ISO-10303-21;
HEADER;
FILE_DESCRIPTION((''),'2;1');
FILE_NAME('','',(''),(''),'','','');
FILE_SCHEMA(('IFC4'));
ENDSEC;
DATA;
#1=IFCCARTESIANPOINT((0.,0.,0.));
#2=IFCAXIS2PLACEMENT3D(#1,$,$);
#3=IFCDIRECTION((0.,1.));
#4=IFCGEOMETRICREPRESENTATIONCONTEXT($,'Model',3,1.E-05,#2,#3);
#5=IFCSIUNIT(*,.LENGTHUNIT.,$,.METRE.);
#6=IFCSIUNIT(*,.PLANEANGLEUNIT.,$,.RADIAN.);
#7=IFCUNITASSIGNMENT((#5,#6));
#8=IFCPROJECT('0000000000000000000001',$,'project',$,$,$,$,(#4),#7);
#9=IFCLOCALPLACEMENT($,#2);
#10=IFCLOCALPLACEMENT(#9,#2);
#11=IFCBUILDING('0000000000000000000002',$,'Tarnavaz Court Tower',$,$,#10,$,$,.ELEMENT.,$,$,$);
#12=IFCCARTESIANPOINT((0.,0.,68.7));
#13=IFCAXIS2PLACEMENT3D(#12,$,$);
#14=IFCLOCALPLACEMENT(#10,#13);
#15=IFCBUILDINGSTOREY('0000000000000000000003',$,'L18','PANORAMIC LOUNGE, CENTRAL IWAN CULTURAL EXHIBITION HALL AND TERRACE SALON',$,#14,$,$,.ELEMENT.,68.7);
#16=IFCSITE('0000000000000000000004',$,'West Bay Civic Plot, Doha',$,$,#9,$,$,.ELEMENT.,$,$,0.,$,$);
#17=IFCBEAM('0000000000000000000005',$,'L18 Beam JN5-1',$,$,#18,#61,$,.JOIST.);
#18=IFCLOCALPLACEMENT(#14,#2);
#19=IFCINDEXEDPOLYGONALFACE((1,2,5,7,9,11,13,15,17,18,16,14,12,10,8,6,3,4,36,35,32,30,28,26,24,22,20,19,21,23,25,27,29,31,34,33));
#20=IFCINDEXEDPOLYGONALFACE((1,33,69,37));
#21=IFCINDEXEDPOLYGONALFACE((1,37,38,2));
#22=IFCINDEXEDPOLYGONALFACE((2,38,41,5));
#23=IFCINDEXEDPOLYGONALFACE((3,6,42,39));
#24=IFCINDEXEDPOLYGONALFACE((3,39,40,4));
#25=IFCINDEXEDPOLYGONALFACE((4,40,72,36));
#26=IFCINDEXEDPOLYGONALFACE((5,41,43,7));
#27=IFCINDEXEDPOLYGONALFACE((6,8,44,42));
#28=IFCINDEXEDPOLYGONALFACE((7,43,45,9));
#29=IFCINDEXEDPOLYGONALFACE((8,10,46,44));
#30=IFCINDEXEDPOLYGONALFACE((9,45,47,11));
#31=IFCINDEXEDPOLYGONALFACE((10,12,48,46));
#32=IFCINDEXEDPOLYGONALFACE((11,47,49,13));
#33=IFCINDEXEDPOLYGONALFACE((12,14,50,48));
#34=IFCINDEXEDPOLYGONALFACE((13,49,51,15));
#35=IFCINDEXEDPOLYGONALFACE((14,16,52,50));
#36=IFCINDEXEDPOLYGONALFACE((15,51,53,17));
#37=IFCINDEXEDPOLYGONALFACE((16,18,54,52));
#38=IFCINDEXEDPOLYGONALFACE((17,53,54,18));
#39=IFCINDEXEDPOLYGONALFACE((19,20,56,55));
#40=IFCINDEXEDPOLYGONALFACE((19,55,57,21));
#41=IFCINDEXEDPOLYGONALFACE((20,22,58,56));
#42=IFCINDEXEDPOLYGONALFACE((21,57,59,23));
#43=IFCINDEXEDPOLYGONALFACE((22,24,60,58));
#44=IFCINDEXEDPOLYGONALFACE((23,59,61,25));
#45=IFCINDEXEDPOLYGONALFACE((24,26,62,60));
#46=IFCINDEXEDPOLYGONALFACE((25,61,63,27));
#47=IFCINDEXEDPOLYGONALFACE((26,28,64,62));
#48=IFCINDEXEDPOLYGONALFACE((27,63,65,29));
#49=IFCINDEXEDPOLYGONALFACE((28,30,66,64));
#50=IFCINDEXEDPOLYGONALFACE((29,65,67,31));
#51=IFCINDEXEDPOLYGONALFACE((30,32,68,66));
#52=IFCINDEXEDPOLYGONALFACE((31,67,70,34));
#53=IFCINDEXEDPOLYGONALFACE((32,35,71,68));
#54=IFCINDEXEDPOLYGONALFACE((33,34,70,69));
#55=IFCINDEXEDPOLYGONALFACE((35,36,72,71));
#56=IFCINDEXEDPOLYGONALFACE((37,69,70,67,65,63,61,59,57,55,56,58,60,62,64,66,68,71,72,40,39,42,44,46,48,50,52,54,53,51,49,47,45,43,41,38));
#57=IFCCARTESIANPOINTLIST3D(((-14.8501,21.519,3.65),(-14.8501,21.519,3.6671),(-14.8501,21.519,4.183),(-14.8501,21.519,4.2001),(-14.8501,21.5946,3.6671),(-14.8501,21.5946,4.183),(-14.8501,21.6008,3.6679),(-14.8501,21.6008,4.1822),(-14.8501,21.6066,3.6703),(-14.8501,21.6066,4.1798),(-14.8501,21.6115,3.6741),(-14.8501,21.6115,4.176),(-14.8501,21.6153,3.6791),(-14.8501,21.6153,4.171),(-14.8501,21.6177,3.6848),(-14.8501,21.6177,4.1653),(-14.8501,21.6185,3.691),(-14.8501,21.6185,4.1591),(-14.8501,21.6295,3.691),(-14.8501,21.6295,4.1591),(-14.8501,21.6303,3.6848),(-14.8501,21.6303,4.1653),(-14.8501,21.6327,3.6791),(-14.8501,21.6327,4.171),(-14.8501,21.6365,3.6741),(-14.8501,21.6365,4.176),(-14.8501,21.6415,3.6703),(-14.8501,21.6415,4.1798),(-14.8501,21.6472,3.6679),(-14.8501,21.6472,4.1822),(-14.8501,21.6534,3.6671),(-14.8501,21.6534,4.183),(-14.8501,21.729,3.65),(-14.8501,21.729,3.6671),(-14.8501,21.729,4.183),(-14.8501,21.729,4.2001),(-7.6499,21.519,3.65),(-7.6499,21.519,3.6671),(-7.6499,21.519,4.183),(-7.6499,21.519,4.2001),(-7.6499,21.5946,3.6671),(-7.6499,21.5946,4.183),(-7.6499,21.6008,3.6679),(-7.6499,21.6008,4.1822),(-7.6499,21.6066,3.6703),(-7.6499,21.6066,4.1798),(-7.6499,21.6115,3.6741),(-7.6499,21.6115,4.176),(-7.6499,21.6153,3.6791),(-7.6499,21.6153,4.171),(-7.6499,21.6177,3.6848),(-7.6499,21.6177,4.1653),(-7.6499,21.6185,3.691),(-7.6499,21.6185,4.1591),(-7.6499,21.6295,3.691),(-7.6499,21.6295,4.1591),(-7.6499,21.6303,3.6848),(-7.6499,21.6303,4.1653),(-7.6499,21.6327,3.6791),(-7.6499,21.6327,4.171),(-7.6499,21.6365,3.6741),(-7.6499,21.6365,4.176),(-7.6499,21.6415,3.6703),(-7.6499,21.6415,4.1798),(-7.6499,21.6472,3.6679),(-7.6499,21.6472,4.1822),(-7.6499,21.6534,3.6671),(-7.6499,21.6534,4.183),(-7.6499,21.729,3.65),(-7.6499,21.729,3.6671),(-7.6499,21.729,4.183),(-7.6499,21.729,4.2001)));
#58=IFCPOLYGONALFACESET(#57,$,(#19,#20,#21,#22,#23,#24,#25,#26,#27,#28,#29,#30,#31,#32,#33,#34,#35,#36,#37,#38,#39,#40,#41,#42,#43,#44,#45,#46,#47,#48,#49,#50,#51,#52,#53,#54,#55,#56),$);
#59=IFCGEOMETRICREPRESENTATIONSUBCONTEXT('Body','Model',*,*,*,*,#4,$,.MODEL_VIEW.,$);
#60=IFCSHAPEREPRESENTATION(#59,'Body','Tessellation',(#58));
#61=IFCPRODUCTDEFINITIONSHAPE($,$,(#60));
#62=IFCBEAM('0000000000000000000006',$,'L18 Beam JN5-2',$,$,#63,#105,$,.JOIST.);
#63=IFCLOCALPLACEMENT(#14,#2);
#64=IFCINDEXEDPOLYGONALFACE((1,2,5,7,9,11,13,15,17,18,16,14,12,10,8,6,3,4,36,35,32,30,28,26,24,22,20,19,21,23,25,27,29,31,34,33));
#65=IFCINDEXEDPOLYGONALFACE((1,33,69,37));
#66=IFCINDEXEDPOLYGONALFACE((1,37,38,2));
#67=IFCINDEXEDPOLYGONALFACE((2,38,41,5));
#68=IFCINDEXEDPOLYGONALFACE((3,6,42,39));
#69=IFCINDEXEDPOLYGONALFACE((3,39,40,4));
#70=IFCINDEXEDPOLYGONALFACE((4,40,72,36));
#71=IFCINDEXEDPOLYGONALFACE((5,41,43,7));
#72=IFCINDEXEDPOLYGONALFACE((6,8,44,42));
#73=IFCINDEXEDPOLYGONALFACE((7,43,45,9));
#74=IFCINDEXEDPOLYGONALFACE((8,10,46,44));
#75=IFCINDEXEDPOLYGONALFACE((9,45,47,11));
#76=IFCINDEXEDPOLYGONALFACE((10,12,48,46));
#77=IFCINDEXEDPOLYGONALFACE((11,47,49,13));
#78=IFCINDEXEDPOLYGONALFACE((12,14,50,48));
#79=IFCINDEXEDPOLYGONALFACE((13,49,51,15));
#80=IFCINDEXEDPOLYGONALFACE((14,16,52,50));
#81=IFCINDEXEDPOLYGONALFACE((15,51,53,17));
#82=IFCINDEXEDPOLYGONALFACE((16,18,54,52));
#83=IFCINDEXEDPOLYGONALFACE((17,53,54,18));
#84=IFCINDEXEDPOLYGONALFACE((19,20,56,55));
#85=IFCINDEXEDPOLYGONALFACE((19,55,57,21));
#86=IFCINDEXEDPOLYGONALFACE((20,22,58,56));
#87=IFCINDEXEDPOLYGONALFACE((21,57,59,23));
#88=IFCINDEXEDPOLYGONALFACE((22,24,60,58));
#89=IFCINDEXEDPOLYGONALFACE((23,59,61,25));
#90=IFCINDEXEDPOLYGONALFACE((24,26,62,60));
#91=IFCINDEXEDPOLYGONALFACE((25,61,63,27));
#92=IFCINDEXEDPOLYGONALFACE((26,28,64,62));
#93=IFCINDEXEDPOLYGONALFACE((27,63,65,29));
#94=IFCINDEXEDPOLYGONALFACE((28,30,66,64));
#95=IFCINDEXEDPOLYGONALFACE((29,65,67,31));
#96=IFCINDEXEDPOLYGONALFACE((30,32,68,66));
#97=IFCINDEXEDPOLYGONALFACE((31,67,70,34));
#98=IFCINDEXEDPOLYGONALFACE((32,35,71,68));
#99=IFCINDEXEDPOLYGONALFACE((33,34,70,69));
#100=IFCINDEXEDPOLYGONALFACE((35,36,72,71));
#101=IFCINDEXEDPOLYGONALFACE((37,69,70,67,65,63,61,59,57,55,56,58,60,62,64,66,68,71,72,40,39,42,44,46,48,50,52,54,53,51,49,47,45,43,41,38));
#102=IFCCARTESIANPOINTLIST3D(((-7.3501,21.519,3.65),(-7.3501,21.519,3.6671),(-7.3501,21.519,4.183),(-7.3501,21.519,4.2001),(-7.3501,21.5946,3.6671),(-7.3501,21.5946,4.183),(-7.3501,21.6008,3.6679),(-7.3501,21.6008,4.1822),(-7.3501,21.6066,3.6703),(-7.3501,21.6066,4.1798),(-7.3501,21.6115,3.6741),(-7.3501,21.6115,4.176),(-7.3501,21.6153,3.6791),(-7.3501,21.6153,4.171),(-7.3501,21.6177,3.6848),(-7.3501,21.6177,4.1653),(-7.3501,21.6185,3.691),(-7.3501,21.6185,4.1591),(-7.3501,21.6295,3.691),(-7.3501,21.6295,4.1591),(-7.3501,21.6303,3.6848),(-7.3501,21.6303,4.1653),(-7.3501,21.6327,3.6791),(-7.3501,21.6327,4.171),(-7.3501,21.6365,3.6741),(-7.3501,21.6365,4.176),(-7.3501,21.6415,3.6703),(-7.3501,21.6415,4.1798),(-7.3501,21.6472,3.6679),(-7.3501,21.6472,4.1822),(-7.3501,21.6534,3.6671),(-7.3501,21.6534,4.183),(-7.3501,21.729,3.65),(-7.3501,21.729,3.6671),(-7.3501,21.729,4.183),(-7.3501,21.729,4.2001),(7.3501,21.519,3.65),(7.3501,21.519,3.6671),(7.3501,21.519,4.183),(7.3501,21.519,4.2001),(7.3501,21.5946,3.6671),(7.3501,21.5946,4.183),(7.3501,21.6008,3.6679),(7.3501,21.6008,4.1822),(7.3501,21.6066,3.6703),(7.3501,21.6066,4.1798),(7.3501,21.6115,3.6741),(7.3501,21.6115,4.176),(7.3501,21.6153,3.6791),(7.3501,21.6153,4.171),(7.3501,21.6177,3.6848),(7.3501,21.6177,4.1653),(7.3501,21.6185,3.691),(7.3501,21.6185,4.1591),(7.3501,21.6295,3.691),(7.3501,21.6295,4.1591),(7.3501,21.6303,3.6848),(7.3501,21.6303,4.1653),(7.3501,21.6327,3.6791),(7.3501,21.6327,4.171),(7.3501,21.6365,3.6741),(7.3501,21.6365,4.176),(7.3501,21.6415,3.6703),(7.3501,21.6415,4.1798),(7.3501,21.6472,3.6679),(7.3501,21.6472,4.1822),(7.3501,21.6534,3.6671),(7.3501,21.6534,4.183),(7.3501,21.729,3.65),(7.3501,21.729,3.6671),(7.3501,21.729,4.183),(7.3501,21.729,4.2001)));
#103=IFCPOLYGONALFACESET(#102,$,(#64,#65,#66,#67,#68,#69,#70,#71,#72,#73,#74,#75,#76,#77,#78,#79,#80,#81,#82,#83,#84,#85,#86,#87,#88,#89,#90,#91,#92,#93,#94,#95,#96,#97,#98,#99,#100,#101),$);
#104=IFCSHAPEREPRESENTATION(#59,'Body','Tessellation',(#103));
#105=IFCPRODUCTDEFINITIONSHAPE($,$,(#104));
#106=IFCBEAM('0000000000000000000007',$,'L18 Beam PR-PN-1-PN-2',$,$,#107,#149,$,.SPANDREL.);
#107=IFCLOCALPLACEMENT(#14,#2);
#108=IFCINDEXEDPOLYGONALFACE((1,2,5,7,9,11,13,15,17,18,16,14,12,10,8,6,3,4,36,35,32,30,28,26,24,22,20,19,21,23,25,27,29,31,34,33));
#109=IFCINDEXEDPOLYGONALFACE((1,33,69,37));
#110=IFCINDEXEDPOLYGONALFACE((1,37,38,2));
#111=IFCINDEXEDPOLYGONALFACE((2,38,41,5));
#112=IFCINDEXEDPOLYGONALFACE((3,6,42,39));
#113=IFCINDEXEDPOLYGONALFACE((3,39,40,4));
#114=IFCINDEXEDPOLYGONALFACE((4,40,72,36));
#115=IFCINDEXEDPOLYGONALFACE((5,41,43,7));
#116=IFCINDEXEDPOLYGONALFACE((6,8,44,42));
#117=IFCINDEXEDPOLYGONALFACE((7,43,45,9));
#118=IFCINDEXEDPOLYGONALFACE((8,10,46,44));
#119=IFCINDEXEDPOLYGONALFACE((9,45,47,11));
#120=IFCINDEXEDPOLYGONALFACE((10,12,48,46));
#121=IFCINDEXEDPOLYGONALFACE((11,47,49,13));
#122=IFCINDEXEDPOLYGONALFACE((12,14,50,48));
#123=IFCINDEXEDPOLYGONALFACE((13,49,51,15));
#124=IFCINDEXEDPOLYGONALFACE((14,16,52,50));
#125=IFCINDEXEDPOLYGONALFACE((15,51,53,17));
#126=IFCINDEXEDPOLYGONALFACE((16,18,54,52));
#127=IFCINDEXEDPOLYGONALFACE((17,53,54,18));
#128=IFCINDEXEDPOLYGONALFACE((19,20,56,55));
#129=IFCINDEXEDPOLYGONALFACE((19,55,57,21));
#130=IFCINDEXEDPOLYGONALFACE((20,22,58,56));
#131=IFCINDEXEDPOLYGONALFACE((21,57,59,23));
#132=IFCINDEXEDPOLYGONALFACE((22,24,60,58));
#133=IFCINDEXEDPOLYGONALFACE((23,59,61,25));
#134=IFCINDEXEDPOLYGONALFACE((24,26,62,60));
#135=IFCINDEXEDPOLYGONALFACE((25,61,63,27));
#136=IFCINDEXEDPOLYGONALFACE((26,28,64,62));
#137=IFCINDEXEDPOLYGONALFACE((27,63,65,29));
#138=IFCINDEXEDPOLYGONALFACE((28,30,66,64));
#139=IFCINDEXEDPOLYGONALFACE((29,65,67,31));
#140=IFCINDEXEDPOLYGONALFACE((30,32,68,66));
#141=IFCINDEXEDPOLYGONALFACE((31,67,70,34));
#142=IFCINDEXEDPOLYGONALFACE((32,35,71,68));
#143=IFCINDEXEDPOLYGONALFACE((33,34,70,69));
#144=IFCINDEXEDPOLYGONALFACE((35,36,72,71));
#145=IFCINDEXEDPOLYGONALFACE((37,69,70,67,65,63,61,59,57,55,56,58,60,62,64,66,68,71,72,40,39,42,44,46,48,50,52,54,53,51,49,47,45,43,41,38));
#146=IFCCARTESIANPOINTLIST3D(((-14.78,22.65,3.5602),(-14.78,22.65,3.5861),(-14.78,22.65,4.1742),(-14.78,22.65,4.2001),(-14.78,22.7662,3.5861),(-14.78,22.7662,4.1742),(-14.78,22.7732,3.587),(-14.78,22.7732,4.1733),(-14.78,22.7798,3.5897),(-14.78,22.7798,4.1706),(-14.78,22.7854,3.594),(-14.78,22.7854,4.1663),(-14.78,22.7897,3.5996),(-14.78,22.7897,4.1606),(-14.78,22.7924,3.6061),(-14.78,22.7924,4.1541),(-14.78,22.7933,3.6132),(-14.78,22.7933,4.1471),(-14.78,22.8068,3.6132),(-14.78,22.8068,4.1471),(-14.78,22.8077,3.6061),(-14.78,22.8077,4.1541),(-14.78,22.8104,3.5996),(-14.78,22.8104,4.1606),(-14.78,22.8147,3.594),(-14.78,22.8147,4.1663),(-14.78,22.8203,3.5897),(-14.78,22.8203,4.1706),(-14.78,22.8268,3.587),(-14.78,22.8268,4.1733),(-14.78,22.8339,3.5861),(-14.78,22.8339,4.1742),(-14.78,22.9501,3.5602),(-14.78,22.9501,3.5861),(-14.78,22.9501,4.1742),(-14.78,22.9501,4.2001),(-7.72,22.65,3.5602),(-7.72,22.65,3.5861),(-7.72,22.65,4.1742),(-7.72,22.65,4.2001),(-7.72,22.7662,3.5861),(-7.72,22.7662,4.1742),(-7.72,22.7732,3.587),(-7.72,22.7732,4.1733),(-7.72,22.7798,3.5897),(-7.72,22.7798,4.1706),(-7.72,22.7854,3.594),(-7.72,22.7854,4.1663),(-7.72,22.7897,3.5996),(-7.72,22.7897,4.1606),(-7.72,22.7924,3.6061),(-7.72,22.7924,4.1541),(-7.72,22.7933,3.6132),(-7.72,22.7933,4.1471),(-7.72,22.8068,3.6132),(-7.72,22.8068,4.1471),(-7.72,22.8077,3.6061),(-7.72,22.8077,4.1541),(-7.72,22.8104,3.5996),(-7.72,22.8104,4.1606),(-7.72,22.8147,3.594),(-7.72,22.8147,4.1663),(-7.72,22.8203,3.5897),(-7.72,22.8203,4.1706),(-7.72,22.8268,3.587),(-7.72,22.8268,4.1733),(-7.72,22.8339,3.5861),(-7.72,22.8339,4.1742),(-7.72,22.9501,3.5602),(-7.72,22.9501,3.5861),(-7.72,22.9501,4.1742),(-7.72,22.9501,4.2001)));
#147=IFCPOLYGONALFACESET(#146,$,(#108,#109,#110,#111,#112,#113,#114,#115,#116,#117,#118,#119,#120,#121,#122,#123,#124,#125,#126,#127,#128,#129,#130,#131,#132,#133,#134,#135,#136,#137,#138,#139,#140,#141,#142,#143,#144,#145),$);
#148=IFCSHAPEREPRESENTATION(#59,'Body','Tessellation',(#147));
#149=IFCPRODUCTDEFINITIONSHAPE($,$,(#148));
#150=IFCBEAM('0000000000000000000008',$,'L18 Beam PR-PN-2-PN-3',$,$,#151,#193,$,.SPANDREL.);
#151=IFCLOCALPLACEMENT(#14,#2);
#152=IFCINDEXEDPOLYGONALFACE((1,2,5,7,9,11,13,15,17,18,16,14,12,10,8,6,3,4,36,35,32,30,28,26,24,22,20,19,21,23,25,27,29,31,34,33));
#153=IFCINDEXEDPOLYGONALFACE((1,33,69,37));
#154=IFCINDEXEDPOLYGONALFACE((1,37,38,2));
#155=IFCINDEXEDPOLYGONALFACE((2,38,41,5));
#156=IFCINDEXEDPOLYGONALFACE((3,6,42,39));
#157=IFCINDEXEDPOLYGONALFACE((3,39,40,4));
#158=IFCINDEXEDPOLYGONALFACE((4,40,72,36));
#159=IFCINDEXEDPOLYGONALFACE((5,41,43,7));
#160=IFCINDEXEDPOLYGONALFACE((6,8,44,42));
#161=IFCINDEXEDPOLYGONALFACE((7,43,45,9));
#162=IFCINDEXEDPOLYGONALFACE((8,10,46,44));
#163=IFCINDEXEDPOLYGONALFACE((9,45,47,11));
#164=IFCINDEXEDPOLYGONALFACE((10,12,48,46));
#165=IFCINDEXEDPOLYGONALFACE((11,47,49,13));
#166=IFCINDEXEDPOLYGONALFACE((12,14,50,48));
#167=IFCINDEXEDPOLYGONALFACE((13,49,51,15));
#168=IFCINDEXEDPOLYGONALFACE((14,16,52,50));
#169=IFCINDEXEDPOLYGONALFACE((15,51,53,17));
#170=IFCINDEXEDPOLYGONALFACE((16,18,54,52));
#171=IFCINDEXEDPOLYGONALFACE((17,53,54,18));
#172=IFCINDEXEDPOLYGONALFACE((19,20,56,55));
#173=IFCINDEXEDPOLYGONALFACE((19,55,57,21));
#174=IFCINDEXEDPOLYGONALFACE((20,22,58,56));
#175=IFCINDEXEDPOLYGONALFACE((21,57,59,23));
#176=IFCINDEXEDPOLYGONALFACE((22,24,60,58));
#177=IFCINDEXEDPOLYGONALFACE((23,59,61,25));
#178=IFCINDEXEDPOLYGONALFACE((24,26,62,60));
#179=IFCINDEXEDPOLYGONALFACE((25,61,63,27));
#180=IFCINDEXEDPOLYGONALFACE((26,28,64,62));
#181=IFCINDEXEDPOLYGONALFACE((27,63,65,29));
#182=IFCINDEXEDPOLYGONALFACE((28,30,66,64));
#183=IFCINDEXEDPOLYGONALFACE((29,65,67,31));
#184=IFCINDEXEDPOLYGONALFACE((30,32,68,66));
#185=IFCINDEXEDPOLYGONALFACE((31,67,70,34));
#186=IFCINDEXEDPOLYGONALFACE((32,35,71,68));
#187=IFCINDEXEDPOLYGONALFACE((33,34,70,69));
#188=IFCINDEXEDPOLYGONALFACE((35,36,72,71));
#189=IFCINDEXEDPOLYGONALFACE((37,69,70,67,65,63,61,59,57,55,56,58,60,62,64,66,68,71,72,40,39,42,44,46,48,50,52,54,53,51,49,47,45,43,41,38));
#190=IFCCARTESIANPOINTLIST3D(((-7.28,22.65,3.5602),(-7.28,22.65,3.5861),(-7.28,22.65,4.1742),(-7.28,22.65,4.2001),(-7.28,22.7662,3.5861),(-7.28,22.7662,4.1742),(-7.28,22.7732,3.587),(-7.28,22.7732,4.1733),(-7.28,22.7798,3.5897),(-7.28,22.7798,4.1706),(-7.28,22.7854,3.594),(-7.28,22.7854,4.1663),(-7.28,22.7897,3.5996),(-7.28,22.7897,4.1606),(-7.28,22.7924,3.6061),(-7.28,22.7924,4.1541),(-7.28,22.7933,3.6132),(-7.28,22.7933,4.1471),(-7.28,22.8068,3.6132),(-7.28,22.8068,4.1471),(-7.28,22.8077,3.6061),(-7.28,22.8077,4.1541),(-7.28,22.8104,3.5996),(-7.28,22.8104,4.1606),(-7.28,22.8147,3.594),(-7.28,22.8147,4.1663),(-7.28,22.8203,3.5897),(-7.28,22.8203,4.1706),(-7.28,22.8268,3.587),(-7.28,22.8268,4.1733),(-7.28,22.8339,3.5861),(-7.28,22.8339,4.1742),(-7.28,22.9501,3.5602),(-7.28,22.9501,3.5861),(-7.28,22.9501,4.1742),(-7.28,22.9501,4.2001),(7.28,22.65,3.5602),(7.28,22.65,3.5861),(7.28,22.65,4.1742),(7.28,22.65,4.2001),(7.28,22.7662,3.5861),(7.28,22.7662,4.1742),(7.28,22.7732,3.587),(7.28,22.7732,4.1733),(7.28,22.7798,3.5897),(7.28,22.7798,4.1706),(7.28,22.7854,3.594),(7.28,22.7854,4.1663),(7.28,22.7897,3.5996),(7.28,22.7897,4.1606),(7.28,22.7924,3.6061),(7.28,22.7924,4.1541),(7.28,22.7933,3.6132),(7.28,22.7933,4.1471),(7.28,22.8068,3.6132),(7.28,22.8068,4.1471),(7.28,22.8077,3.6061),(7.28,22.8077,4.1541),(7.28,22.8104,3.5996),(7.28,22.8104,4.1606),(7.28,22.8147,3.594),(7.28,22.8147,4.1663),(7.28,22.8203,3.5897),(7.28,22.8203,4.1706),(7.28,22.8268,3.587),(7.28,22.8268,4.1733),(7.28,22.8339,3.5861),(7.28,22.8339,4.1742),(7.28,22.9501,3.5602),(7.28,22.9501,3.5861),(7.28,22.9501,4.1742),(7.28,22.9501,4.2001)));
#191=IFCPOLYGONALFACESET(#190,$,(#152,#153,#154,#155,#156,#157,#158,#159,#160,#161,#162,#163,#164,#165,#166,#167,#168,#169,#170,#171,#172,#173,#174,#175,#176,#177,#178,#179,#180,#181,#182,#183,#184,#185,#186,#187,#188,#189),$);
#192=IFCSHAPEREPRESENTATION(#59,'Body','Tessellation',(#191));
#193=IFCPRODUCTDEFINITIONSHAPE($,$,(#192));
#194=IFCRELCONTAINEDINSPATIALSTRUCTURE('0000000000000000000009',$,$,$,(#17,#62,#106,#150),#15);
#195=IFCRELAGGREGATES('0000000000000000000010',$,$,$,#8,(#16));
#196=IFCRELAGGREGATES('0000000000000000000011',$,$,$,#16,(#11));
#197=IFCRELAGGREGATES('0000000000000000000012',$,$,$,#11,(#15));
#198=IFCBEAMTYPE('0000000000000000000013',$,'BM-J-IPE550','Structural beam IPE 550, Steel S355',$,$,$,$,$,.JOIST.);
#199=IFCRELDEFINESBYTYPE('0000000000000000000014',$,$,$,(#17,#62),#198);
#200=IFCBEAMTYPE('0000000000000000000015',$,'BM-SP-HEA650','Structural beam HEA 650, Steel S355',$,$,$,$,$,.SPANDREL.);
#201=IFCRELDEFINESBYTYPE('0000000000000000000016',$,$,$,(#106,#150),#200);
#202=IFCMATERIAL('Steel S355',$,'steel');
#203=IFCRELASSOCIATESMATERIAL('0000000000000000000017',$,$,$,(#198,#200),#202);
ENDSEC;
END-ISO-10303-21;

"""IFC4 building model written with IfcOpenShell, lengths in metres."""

from ifc_helpers import new_model, si_unit, direction, frame, origin, origin_2d, place, context, subcontext, project, spatial, i_section, extrude, material, material_profile, profile_set, type_object, element, save


model = new_model("IFC4")

# Units and contexts
model_context = context("Model", 3, precision=1e-05, world=origin(), true_north=direction((0.0, 1.0)))
body_context = subcontext(model_context, "Body", "Model", "MODEL_VIEW")
ifc_project = project(units=[si_unit("LENGTHUNIT", "METRE"), si_unit("PLANEANGLEUNIT", "RADIAN")], contexts=[model_context])

# Site, building, storey
site_placement = place(None, origin())
site = spatial("IfcSite", under=ifc_project, at=site_placement, Name="West Bay Civic Plot, Doha", CompositionType="ELEMENT", RefElevation=0.0)
building_placement = place(site_placement, origin())
building = spatial("IfcBuilding", under=site, at=building_placement, Name="Tarnavaz Court Tower", CompositionType="ELEMENT")
storey_placement = place(building_placement, frame((0.0, 0.0, 68.7)))
storey = spatial("IfcBuildingStorey", under=building, at=storey_placement, Name="L18", Description="PANORAMIC LOUNGE, CENTRAL IWAN CULTURAL EXHIBITION HALL AND TERRACE SALON", CompositionType="ELEMENT", Elevation=68.7)

# Beams
ifc_material_1 = material(Name="Steel S355", Category="steel")
ifc_material_profile_1 = material_profile(ifc_material_1, i_section(OverallWidth=0.21, OverallDepth=0.55, WebThickness=0.011, FlangeThickness=0.0171, FilletRadius=0.0239, at=origin_2d()), Name="IPE 550")
ifc_profile_set_1 = profile_set([ifc_material_profile_1], Name="Steel S355")
beam_type_1 = type_object("IfcBeamType", Name="BM-J-IPE550", Description="Structural beam IPE 550, Steel S355", PredefinedType="JOIST", material=ifc_profile_set_1)
beam_1_placement = place(storey_placement, frame((-14.8501, 21.624, 3.925), z_axis=(1.0, 0.0, 0.0), x_axis=(0.0, 1.0, 0.0)))
element("IfcBeam", 1, at=beam_1_placement, inside=storey, type_object=beam_type_1, Name="L18 Beam JN5-1", PredefinedType="JOIST", context=body_context, shape_type="SweptSolid", body=[
    extrude(i_section(OverallWidth=0.21, OverallDepth=0.55, WebThickness=0.011, FlangeThickness=0.0171, FilletRadius=0.0239, at=origin_2d()), origin(), (0.0, 0.0, 1.0), 7.2002),
])
beam_2_placement = place(storey_placement, frame((-7.3501, 21.624, 3.925), z_axis=(1.0, 0.0, 0.0), x_axis=(0.0, 1.0, 0.0)))
element("IfcBeam", 2, at=beam_2_placement, inside=storey, type_object=beam_type_1, Name="L18 Beam JN5-2", PredefinedType="JOIST", context=body_context, shape_type="SweptSolid", body=[
    extrude(i_section(OverallWidth=0.21, OverallDepth=0.55, WebThickness=0.011, FlangeThickness=0.0171, FilletRadius=0.0239, at=origin_2d()), origin(), (0.0, 0.0, 1.0), 14.7002),
])
ifc_material_profile_2 = material_profile(ifc_material_1, i_section(OverallWidth=0.3, OverallDepth=0.6399, WebThickness=0.0134, FlangeThickness=0.0259, FilletRadius=0.0271, at=origin_2d()), Name="HEA 650")
ifc_profile_set_2 = profile_set([ifc_material_profile_2], Name="Steel S355")
beam_type_2 = type_object("IfcBeamType", Name="BM-SP-HEA650", Description="Structural beam HEA 650, Steel S355", PredefinedType="SPANDREL", material=ifc_profile_set_2)
beam_3_placement = place(storey_placement, frame((-14.78, 22.8, 3.8801), z_axis=(1.0, 0.0, 0.0), x_axis=(0.0, 1.0, 0.0)))
element("IfcBeam", 3, at=beam_3_placement, inside=storey, type_object=beam_type_2, Name="L18 Beam PR-PN-1-PN-2", PredefinedType="SPANDREL", context=body_context, shape_type="SweptSolid", body=[
    extrude(i_section(OverallWidth=0.3, OverallDepth=0.6399, WebThickness=0.0134, FlangeThickness=0.0259, FilletRadius=0.0271, at=origin_2d()), origin(), (0.0, 0.0, 1.0), 7.0601),
])
beam_4_placement = place(storey_placement, frame((-7.28, 22.8, 3.8801), z_axis=(1.0, 0.0, 0.0), x_axis=(0.0, 1.0, 0.0)))
element("IfcBeam", 4, at=beam_4_placement, inside=storey, type_object=beam_type_2, Name="L18 Beam PR-PN-2-PN-3", PredefinedType="SPANDREL", context=body_context, shape_type="SweptSolid", body=[
    extrude(i_section(OverallWidth=0.3, OverallDepth=0.6399, WebThickness=0.0134, FlangeThickness=0.0259, FilletRadius=0.0271, at=origin_2d()), origin(), (0.0, 0.0, 1.0), 14.5601),
])

save(model, "model.ifc")
